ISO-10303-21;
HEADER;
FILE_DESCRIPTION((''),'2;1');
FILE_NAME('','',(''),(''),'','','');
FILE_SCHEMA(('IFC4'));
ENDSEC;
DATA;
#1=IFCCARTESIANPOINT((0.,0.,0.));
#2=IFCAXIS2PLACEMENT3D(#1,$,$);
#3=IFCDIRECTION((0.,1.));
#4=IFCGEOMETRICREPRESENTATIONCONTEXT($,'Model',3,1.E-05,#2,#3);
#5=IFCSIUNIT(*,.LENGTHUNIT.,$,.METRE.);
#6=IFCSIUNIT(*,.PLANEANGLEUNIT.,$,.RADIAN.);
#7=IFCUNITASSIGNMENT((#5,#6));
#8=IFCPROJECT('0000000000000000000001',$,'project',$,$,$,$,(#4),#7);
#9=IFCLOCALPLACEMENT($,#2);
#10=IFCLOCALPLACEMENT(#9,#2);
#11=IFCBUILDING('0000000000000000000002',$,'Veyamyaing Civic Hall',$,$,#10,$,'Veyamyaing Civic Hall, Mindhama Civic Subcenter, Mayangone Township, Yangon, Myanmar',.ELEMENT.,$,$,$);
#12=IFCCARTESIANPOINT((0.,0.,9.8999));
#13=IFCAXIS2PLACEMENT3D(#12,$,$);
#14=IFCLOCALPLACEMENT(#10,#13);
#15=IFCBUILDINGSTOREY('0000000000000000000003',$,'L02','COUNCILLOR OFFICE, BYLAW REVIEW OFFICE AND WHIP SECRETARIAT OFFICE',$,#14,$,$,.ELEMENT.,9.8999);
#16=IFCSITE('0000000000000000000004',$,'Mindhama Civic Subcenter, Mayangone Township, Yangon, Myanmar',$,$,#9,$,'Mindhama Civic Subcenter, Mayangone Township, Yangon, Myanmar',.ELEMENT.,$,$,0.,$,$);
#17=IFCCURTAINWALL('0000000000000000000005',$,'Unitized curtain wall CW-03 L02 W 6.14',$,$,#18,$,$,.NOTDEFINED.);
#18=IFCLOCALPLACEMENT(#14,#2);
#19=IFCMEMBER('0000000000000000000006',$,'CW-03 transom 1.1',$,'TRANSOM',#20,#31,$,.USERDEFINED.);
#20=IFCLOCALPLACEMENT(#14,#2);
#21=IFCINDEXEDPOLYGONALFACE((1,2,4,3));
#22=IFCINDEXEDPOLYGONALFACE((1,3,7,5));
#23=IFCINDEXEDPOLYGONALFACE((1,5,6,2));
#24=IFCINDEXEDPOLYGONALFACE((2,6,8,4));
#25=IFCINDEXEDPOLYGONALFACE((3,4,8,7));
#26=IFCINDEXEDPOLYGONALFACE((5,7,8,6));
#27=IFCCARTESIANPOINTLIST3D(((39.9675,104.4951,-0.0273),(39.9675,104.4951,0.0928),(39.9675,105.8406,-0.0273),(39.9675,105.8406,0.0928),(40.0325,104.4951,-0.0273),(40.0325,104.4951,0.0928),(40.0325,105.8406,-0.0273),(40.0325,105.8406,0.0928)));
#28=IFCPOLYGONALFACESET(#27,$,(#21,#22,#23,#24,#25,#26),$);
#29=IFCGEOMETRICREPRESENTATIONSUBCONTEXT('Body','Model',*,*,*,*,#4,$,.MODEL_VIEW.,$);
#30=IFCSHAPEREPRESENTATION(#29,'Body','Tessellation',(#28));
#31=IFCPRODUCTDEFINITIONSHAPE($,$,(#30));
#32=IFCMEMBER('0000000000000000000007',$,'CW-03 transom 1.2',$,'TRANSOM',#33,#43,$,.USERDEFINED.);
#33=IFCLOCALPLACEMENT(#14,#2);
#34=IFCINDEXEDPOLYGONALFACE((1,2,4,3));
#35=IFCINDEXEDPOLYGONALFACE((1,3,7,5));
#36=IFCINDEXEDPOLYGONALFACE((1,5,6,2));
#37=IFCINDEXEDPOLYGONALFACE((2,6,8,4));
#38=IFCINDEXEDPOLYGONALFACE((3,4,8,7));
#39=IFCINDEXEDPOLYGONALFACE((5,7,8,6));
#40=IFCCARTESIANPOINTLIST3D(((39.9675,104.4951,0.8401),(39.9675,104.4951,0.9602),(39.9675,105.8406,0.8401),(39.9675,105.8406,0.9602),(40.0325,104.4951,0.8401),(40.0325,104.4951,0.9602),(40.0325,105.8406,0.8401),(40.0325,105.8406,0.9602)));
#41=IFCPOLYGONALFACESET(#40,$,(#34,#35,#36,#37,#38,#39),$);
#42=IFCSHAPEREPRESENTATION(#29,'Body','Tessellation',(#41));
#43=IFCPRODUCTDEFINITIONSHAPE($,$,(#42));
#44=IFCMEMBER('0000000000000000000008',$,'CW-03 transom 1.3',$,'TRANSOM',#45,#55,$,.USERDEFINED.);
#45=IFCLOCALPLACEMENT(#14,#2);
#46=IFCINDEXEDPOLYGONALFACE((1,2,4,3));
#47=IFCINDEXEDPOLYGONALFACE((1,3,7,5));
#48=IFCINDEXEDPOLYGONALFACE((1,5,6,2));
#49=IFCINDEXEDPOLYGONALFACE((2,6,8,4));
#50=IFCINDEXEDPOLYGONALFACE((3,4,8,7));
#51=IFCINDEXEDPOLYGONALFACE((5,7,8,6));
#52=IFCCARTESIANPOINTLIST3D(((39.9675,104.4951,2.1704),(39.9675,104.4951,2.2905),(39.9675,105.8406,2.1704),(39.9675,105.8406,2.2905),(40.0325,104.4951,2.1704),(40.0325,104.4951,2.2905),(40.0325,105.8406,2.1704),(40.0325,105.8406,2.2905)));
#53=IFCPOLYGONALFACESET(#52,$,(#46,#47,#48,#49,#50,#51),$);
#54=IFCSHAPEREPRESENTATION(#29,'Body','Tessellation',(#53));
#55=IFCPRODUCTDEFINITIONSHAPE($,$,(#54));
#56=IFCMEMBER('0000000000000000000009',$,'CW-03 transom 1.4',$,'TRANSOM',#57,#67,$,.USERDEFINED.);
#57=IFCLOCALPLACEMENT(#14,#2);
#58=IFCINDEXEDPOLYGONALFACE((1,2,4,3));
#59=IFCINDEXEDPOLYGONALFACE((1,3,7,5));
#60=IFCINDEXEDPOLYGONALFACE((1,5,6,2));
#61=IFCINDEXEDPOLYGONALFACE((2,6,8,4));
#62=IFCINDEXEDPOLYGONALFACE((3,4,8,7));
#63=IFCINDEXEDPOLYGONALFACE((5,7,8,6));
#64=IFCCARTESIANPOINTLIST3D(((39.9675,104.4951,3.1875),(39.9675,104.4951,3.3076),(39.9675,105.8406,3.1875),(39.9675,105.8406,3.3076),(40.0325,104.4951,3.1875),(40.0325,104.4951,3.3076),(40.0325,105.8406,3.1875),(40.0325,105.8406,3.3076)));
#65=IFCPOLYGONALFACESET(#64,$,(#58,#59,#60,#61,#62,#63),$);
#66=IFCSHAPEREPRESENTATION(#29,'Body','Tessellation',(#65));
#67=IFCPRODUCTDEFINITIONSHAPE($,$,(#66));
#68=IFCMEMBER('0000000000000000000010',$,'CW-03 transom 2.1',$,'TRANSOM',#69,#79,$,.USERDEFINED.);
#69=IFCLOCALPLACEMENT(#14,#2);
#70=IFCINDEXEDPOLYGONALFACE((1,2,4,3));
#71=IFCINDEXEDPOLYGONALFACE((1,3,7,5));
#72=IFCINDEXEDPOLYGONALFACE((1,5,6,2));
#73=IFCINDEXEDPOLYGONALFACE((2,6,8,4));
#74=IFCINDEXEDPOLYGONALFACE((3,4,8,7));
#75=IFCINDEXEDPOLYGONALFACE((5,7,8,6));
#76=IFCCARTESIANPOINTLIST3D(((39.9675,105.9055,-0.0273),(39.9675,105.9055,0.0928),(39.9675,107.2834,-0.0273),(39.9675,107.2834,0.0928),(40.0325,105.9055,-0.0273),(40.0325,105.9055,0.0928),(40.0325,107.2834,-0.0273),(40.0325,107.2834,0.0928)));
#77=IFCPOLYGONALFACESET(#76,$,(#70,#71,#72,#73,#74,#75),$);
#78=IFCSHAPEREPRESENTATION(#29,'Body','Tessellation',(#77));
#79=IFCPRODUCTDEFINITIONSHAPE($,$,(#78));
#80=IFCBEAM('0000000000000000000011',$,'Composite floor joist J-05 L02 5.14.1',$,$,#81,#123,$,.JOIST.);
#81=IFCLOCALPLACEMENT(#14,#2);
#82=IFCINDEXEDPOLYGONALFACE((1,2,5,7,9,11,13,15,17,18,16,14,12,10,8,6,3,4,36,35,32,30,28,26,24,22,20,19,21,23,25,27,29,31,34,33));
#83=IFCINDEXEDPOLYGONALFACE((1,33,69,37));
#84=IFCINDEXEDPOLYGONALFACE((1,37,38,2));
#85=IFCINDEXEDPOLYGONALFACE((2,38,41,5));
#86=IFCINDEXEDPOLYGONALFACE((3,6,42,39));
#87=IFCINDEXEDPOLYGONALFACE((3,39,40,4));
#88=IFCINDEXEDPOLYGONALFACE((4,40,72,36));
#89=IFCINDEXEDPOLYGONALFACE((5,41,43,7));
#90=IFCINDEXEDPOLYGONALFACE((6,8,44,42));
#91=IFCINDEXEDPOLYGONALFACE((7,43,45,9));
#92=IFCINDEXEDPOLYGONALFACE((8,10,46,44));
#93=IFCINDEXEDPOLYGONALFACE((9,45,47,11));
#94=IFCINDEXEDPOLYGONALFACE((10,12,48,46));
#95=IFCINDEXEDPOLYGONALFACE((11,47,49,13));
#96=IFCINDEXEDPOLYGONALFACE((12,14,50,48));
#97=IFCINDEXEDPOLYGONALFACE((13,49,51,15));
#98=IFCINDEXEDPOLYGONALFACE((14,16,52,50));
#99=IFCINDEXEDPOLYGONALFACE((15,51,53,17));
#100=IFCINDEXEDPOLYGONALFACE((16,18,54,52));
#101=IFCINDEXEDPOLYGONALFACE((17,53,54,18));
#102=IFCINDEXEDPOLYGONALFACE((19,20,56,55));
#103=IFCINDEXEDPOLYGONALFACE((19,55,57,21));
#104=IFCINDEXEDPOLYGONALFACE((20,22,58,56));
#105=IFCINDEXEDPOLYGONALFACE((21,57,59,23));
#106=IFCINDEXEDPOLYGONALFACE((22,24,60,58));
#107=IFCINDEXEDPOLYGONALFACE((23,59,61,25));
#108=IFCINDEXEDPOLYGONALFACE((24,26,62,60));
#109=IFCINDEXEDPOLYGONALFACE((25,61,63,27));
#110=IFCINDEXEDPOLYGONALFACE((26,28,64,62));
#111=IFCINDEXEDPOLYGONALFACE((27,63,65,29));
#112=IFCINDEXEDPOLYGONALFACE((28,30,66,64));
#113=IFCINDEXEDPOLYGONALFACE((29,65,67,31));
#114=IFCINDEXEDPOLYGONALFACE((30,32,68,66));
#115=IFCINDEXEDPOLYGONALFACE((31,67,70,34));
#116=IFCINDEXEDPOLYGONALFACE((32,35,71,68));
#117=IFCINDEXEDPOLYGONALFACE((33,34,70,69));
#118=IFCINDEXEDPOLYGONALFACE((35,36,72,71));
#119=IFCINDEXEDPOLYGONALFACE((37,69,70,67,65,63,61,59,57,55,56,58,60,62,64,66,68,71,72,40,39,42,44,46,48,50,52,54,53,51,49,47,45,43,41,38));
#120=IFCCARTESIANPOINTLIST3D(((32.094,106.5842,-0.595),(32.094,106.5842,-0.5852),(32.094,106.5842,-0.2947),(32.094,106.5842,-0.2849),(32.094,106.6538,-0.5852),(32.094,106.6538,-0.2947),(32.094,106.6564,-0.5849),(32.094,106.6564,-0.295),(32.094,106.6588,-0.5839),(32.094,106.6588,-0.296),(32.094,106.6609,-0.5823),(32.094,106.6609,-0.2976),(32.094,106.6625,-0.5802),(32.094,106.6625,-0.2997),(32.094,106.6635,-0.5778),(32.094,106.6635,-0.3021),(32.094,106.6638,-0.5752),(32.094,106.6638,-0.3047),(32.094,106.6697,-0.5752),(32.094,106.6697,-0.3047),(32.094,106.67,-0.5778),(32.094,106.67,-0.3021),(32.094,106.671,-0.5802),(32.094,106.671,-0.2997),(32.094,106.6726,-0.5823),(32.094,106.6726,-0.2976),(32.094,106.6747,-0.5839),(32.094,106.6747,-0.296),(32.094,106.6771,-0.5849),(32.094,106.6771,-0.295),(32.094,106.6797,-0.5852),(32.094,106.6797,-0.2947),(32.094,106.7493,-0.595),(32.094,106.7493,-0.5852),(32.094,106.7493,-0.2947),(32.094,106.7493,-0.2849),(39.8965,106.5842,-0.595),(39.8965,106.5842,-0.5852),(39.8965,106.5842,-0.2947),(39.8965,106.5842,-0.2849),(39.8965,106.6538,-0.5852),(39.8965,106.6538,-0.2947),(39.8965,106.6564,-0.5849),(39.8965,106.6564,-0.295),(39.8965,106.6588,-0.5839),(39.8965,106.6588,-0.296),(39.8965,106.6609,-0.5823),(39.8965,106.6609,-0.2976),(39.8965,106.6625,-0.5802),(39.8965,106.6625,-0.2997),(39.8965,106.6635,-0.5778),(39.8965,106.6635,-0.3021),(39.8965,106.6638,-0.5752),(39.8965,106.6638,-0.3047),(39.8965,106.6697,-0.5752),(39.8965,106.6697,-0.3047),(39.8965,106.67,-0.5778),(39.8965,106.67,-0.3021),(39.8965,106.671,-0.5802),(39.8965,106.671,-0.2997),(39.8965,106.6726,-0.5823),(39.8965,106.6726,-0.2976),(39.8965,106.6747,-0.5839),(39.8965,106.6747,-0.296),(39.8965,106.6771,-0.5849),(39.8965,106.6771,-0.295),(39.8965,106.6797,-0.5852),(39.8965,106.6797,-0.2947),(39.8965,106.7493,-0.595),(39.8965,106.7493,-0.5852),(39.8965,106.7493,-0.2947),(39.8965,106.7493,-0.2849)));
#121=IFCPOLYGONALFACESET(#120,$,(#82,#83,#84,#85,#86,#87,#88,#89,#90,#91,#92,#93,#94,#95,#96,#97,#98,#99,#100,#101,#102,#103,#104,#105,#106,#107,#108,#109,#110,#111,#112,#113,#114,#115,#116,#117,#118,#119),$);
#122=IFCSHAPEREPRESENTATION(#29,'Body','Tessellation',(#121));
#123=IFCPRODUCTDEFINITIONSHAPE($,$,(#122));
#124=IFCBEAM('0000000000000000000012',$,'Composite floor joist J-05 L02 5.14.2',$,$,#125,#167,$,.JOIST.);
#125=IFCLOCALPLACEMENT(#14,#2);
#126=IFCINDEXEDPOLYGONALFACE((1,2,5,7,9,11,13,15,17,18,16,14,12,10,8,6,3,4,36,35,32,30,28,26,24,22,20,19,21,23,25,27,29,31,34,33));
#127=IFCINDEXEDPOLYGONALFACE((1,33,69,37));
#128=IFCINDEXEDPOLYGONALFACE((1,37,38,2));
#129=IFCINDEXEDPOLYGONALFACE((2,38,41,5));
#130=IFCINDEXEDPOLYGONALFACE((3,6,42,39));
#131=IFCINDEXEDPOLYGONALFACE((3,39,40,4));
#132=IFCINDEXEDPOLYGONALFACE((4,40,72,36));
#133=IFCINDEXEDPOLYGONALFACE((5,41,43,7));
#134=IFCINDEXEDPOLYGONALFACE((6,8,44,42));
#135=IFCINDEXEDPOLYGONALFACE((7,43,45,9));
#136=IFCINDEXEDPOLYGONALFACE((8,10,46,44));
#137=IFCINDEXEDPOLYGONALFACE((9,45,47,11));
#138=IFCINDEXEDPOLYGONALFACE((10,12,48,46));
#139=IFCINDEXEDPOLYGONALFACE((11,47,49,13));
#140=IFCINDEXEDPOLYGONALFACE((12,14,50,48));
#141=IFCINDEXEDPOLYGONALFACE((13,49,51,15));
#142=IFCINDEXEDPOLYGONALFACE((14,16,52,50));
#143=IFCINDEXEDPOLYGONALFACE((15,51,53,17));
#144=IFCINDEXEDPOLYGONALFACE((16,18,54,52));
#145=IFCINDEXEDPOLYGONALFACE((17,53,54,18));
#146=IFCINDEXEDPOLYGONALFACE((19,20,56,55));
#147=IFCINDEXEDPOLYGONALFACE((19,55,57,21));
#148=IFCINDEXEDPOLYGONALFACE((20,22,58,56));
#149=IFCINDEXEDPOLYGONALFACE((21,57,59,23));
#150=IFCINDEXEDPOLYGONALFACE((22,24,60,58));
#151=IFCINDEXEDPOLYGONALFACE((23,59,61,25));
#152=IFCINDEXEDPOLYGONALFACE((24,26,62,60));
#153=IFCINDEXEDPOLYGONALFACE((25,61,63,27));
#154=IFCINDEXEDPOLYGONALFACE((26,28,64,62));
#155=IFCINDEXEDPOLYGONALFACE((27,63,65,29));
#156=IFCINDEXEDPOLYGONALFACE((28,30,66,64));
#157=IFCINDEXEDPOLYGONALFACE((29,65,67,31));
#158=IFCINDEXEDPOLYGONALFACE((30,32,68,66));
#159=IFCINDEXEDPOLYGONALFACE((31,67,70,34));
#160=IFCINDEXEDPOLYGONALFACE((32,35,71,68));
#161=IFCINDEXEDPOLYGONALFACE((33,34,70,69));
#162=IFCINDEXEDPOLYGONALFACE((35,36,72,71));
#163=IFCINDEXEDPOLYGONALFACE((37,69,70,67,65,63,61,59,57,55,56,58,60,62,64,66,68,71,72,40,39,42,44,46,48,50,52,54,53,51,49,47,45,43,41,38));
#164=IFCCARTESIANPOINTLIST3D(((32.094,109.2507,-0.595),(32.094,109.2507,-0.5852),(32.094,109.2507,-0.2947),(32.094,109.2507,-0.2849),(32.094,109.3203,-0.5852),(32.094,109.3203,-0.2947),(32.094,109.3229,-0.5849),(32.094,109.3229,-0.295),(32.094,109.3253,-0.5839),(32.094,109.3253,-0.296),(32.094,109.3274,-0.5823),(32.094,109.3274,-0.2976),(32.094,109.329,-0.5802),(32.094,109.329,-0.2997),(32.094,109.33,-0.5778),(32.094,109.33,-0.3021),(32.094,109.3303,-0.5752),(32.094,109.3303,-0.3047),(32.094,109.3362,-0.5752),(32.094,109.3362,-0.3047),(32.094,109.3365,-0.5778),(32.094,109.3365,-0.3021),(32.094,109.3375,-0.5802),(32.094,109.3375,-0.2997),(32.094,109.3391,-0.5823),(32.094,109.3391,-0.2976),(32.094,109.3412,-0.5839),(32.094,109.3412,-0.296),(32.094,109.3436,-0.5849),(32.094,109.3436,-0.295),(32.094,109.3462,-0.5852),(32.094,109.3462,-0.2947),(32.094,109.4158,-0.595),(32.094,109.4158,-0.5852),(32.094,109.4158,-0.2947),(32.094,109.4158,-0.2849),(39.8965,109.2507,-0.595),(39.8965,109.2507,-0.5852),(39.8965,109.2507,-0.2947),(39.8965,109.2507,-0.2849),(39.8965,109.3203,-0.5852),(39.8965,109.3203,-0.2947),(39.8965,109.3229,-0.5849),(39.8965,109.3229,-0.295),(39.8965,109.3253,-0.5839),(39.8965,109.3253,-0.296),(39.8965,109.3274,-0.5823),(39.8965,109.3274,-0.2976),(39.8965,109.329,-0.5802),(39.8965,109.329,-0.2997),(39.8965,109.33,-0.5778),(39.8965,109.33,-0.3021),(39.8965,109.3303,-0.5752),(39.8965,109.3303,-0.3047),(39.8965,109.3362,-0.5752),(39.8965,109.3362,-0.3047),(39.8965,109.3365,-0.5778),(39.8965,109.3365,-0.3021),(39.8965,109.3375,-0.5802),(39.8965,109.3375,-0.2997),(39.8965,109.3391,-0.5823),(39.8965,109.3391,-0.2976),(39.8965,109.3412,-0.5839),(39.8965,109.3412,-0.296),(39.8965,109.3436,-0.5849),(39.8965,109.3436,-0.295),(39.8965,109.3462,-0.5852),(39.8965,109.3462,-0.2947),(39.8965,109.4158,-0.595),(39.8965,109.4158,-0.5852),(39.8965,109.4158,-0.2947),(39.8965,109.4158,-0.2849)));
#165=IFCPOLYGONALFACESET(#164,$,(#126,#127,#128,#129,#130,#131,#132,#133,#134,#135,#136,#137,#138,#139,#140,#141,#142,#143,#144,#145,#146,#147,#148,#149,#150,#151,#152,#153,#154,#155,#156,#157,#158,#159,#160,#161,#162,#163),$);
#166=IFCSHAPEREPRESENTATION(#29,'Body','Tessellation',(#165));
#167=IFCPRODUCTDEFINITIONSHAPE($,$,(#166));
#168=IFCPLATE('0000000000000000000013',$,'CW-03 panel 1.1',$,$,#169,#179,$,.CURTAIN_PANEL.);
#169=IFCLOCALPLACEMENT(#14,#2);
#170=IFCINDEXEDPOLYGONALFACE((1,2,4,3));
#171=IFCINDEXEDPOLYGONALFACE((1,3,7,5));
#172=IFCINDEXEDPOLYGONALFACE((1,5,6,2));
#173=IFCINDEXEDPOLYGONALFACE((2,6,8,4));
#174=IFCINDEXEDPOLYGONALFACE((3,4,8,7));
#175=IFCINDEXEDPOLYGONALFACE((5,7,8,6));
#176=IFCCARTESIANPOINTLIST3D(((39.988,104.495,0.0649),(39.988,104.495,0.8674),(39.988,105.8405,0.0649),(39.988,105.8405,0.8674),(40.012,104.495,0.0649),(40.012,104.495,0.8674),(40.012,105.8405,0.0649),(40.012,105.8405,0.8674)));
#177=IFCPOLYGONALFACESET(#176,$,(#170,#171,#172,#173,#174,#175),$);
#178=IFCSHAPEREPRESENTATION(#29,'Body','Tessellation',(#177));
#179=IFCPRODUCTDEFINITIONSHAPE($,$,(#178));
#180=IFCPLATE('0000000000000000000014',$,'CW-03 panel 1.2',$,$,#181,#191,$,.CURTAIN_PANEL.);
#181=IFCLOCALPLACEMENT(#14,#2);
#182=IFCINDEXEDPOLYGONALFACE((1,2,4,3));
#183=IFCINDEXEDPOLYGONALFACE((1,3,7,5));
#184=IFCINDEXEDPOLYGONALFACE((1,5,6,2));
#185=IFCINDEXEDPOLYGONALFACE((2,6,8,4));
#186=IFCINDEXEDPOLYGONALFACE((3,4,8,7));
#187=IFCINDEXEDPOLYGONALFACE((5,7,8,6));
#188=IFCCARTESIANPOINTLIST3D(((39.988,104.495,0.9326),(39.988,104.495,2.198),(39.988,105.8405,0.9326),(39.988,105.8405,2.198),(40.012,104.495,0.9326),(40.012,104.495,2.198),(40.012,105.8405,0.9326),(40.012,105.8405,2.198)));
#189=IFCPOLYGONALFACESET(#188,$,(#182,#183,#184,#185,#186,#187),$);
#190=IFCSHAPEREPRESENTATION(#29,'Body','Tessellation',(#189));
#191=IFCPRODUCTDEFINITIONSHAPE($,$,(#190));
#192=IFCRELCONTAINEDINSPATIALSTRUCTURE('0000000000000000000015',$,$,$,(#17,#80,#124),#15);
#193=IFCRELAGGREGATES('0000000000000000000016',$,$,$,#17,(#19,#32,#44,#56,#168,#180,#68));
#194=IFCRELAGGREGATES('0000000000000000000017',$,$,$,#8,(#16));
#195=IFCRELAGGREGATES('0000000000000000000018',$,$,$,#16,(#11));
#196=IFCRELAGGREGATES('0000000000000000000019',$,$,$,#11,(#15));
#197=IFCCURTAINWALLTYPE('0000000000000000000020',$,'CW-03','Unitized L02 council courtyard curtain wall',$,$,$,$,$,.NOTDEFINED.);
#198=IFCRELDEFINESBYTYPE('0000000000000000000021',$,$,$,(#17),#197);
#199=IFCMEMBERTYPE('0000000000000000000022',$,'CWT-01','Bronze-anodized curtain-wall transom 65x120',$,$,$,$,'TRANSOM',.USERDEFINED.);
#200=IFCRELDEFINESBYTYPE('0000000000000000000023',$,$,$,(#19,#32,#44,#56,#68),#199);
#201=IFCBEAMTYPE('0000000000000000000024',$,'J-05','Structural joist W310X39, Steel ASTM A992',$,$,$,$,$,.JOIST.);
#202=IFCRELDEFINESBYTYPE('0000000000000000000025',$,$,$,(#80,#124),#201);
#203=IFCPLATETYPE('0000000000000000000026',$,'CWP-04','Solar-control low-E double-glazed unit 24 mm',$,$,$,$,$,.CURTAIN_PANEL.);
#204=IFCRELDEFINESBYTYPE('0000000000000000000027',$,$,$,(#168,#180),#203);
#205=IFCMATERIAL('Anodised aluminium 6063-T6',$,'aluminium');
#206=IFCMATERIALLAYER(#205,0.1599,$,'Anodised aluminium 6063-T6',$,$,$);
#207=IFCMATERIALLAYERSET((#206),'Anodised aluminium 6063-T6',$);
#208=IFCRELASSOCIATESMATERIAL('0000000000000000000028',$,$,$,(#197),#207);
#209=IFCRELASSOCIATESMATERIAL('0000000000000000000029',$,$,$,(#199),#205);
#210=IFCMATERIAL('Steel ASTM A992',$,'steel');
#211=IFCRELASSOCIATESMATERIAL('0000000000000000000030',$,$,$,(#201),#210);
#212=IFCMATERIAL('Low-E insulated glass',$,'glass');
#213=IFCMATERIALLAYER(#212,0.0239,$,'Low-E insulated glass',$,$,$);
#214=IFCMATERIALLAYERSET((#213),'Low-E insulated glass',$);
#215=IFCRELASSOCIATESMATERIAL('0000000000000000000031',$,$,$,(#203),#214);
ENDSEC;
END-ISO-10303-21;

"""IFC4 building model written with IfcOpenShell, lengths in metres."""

from ifc_helpers import new_model, si_unit, direction, frame, origin, origin_2d, place, context, subcontext, project, spatial, rectangle, i_section, extrude, material, layer, layer_set, material_profile, profile_set, type_object, element, aggregate, save


model = new_model("IFC4")

# Units and contexts
model_context = context("Model", 3, precision=1e-05, world=origin(), true_north=direction((0.0, 1.0)))
body_context = subcontext(model_context, "Body", "Model", "MODEL_VIEW")
ifc_project = project(units=[si_unit("LENGTHUNIT", "METRE"), si_unit("PLANEANGLEUNIT", "RADIAN")], contexts=[model_context])

# Site, building, storey
site_placement = place(None, origin())
site = spatial("IfcSite", under=ifc_project, at=site_placement, Name="Mindhama Civic Subcenter, Mayangone Township, Yangon, Myanmar", LongName="Mindhama Civic Subcenter, Mayangone Township, Yangon, Myanmar", CompositionType="ELEMENT", RefElevation=0.0)
building_placement = place(site_placement, origin())
building = spatial("IfcBuilding", under=site, at=building_placement, Name="Veyamyaing Civic Hall", LongName="Veyamyaing Civic Hall, Mindhama Civic Subcenter, Mayangone Township, Yangon, Myanmar", CompositionType="ELEMENT")
storey_placement = place(building_placement, frame((0.0, 0.0, 9.8999)))
storey = spatial("IfcBuildingStorey", under=building, at=storey_placement, Name="L02", Description="COUNCILLOR OFFICE, BYLAW REVIEW OFFICE AND WHIP SECRETARIAT OFFICE", CompositionType="ELEMENT", Elevation=9.8999)

# Shared definitions
ifc_material_1 = material(Name="Steel ASTM A992", Category="steel")

# Curtain wall, members
ifc_material_2 = material(Name="Anodised aluminium 6063-T6", Category="aluminium")
ifc_layer_1 = layer(ifc_material_2, 0.1599, Name="Anodised aluminium 6063-T6")
ifc_layer_set_1 = layer_set([ifc_layer_1], Name="Anodised aluminium 6063-T6")
curtain_wall_type = type_object("IfcCurtainWallType", Name="CW-03", Description="Unitized L02 council courtyard curtain wall", PredefinedType="NOTDEFINED", material=ifc_layer_set_1)
curtain_wall_placement = place(storey_placement, origin())
curtain_wall = element("IfcCurtainWall", 1, at=curtain_wall_placement, inside=storey, type_object=curtain_wall_type, Name="Unitized curtain wall CW-03 L02 W 6.14", PredefinedType="NOTDEFINED")
ifc_material_profile_1 = material_profile(ifc_material_2, rectangle(XDim=0.0649, YDim=0.1201, at=origin_2d()), Name="ALU-TRN-65X120")
ifc_profile_set_1 = profile_set([ifc_material_profile_1], Name="Anodised aluminium 6063-T6")
member_type_1 = type_object("IfcMemberType", Name="CWT-01", Description="Bronze-anodized curtain-wall transom 65x120", ElementType="TRANSOM", PredefinedType="USERDEFINED", material=ifc_profile_set_1)
member_1_placement = place(storey_placement, frame((40.0, 104.4951, 0.0327), z_axis=(0.0, 1.0, 0.0), x_axis=(-1.0, 0.0, 0.0)))
member_1 = element("IfcMember", 2, at=member_1_placement, type_object=member_type_1, Name="CW-03 transom 1.1", ObjectType="TRANSOM", PredefinedType="USERDEFINED", context=body_context, shape_type="SweptSolid", body=[
    extrude(rectangle(XDim=0.0649, YDim=0.1201, at=origin_2d()), origin(), (0.0, 0.0, 1.0), 1.3455),
])
member_2_placement = place(storey_placement, frame((40.0, 104.4951, 0.9001), z_axis=(0.0, 1.0, 0.0), x_axis=(-1.0, 0.0, 0.0)))
member_2 = element("IfcMember", 3, at=member_2_placement, type_object=member_type_1, Name="CW-03 transom 1.2", ObjectType="TRANSOM", PredefinedType="USERDEFINED", context=body_context, shape_type="SweptSolid", body=[
    extrude(rectangle(XDim=0.0649, YDim=0.1201, at=origin_2d()), origin(), (0.0, 0.0, 1.0), 1.3455),
])
member_3_placement = place(storey_placement, frame((40.0, 104.4951, 2.2305), z_axis=(0.0, 1.0, 0.0), x_axis=(-1.0, 0.0, 0.0)))
member_3 = element("IfcMember", 4, at=member_3_placement, type_object=member_type_1, Name="CW-03 transom 1.3", ObjectType="TRANSOM", PredefinedType="USERDEFINED", context=body_context, shape_type="SweptSolid", body=[
    extrude(rectangle(XDim=0.0649, YDim=0.1201, at=origin_2d()), origin(), (0.0, 0.0, 1.0), 1.3455),
])
member_4_placement = place(storey_placement, frame((40.0, 104.4951, 3.2476), z_axis=(0.0, 1.0, 0.0), x_axis=(-1.0, 0.0, 0.0)))
member_4 = element("IfcMember", 5, at=member_4_placement, type_object=member_type_1, Name="CW-03 transom 1.4", ObjectType="TRANSOM", PredefinedType="USERDEFINED", context=body_context, shape_type="SweptSolid", body=[
    extrude(rectangle(XDim=0.0649, YDim=0.1201, at=origin_2d()), origin(), (0.0, 0.0, 1.0), 1.3455),
])
member_5_placement = place(storey_placement, frame((40.0, 105.9055, 0.0327), z_axis=(0.0, 1.0, 0.0), x_axis=(-1.0, 0.0, 0.0)))
member_5 = element("IfcMember", 6, at=member_5_placement, type_object=member_type_1, Name="CW-03 transom 2.1", ObjectType="TRANSOM", PredefinedType="USERDEFINED", context=body_context, shape_type="SweptSolid", body=[
    extrude(rectangle(XDim=0.0649, YDim=0.1201, at=origin_2d()), origin(), (0.0, 0.0, 1.0), 1.3779),
])

# Beams
ifc_material_profile_2 = material_profile(ifc_material_1, i_section(OverallWidth=0.165, OverallDepth=0.3101, WebThickness=0.0059, FlangeThickness=0.0098, FilletRadius=0.01, at=origin_2d()), Name="W310X39")
ifc_profile_set_2 = profile_set([ifc_material_profile_2], Name="Steel ASTM A992")
beam_type_1 = type_object("IfcBeamType", Name="J-05", Description="Structural joist W310X39, Steel ASTM A992", PredefinedType="JOIST", material=ifc_profile_set_2)
for number, where, z_axis, x_axis, name in (
    (7, (32.094, 106.6667, -0.4399), (1.0, 0.0, 0.0), (0.0, 1.0, 0.0), "Composite floor joist J-05 L02 5.14.1"),
    (8, (32.094, 109.3333, -0.4399), (1.0, 0.0, 0.0), (0.0, 1.0, 0.0), "Composite floor joist J-05 L02 5.14.2"),
):
    element("IfcBeam", number, at=place(storey_placement, frame(where, z_axis=z_axis, x_axis=x_axis)), inside=storey, type_object=beam_type_1, Name=name, PredefinedType="JOIST", context=body_context, shape_type="SweptSolid", body=[
        extrude(i_section(OverallWidth=0.165, OverallDepth=0.3101, WebThickness=0.0059, FlangeThickness=0.0098, FilletRadius=0.01, at=origin_2d()), origin(), (0.0, 0.0, 1.0), 7.8025),
    ])

# Plates
ifc_material_3 = material(Name="Low-E insulated glass", Category="glass")
ifc_layer_2 = layer(ifc_material_3, 0.0239, Name="Low-E insulated glass")
ifc_layer_set_2 = layer_set([ifc_layer_2], Name="Low-E insulated glass")
plate_type = type_object("IfcPlateType", Name="CWP-04", Description="Solar-control low-E double-glazed unit 24 mm", PredefinedType="CURTAIN_PANEL", material=ifc_layer_set_2)
plate_1_placement = place(storey_placement, frame((40.0, 105.1677, 0.0649), z_axis=(0.0, 0.0, 1.0), x_axis=(0.0, 1.0, 0.0)))
plate_1 = element("IfcPlate", 9, at=plate_1_placement, type_object=plate_type, Name="CW-03 panel 1.1", PredefinedType="CURTAIN_PANEL", context=body_context, shape_type="SweptSolid", body=[
    extrude(rectangle(XDim=1.3455, YDim=0.0239, at=origin_2d()), origin(), (0.0, 0.0, 1.0), 0.8025),
])
plate_2_placement = place(storey_placement, frame((40.0, 105.1677, 0.9326), z_axis=(0.0, 0.0, 1.0), x_axis=(0.0, 1.0, 0.0)))
plate_2 = element("IfcPlate", 10, at=plate_2_placement, type_object=plate_type, Name="CW-03 panel 1.2", PredefinedType="CURTAIN_PANEL", context=body_context, shape_type="SweptSolid", body=[
    extrude(rectangle(XDim=1.3455, YDim=0.0239, at=origin_2d()), origin(), (0.0, 0.0, 1.0), 1.2654),
])
aggregate(curtain_wall, [member_1, member_2, member_3, member_4, plate_1, plate_2, member_5])

save(model, "model.ifc")
